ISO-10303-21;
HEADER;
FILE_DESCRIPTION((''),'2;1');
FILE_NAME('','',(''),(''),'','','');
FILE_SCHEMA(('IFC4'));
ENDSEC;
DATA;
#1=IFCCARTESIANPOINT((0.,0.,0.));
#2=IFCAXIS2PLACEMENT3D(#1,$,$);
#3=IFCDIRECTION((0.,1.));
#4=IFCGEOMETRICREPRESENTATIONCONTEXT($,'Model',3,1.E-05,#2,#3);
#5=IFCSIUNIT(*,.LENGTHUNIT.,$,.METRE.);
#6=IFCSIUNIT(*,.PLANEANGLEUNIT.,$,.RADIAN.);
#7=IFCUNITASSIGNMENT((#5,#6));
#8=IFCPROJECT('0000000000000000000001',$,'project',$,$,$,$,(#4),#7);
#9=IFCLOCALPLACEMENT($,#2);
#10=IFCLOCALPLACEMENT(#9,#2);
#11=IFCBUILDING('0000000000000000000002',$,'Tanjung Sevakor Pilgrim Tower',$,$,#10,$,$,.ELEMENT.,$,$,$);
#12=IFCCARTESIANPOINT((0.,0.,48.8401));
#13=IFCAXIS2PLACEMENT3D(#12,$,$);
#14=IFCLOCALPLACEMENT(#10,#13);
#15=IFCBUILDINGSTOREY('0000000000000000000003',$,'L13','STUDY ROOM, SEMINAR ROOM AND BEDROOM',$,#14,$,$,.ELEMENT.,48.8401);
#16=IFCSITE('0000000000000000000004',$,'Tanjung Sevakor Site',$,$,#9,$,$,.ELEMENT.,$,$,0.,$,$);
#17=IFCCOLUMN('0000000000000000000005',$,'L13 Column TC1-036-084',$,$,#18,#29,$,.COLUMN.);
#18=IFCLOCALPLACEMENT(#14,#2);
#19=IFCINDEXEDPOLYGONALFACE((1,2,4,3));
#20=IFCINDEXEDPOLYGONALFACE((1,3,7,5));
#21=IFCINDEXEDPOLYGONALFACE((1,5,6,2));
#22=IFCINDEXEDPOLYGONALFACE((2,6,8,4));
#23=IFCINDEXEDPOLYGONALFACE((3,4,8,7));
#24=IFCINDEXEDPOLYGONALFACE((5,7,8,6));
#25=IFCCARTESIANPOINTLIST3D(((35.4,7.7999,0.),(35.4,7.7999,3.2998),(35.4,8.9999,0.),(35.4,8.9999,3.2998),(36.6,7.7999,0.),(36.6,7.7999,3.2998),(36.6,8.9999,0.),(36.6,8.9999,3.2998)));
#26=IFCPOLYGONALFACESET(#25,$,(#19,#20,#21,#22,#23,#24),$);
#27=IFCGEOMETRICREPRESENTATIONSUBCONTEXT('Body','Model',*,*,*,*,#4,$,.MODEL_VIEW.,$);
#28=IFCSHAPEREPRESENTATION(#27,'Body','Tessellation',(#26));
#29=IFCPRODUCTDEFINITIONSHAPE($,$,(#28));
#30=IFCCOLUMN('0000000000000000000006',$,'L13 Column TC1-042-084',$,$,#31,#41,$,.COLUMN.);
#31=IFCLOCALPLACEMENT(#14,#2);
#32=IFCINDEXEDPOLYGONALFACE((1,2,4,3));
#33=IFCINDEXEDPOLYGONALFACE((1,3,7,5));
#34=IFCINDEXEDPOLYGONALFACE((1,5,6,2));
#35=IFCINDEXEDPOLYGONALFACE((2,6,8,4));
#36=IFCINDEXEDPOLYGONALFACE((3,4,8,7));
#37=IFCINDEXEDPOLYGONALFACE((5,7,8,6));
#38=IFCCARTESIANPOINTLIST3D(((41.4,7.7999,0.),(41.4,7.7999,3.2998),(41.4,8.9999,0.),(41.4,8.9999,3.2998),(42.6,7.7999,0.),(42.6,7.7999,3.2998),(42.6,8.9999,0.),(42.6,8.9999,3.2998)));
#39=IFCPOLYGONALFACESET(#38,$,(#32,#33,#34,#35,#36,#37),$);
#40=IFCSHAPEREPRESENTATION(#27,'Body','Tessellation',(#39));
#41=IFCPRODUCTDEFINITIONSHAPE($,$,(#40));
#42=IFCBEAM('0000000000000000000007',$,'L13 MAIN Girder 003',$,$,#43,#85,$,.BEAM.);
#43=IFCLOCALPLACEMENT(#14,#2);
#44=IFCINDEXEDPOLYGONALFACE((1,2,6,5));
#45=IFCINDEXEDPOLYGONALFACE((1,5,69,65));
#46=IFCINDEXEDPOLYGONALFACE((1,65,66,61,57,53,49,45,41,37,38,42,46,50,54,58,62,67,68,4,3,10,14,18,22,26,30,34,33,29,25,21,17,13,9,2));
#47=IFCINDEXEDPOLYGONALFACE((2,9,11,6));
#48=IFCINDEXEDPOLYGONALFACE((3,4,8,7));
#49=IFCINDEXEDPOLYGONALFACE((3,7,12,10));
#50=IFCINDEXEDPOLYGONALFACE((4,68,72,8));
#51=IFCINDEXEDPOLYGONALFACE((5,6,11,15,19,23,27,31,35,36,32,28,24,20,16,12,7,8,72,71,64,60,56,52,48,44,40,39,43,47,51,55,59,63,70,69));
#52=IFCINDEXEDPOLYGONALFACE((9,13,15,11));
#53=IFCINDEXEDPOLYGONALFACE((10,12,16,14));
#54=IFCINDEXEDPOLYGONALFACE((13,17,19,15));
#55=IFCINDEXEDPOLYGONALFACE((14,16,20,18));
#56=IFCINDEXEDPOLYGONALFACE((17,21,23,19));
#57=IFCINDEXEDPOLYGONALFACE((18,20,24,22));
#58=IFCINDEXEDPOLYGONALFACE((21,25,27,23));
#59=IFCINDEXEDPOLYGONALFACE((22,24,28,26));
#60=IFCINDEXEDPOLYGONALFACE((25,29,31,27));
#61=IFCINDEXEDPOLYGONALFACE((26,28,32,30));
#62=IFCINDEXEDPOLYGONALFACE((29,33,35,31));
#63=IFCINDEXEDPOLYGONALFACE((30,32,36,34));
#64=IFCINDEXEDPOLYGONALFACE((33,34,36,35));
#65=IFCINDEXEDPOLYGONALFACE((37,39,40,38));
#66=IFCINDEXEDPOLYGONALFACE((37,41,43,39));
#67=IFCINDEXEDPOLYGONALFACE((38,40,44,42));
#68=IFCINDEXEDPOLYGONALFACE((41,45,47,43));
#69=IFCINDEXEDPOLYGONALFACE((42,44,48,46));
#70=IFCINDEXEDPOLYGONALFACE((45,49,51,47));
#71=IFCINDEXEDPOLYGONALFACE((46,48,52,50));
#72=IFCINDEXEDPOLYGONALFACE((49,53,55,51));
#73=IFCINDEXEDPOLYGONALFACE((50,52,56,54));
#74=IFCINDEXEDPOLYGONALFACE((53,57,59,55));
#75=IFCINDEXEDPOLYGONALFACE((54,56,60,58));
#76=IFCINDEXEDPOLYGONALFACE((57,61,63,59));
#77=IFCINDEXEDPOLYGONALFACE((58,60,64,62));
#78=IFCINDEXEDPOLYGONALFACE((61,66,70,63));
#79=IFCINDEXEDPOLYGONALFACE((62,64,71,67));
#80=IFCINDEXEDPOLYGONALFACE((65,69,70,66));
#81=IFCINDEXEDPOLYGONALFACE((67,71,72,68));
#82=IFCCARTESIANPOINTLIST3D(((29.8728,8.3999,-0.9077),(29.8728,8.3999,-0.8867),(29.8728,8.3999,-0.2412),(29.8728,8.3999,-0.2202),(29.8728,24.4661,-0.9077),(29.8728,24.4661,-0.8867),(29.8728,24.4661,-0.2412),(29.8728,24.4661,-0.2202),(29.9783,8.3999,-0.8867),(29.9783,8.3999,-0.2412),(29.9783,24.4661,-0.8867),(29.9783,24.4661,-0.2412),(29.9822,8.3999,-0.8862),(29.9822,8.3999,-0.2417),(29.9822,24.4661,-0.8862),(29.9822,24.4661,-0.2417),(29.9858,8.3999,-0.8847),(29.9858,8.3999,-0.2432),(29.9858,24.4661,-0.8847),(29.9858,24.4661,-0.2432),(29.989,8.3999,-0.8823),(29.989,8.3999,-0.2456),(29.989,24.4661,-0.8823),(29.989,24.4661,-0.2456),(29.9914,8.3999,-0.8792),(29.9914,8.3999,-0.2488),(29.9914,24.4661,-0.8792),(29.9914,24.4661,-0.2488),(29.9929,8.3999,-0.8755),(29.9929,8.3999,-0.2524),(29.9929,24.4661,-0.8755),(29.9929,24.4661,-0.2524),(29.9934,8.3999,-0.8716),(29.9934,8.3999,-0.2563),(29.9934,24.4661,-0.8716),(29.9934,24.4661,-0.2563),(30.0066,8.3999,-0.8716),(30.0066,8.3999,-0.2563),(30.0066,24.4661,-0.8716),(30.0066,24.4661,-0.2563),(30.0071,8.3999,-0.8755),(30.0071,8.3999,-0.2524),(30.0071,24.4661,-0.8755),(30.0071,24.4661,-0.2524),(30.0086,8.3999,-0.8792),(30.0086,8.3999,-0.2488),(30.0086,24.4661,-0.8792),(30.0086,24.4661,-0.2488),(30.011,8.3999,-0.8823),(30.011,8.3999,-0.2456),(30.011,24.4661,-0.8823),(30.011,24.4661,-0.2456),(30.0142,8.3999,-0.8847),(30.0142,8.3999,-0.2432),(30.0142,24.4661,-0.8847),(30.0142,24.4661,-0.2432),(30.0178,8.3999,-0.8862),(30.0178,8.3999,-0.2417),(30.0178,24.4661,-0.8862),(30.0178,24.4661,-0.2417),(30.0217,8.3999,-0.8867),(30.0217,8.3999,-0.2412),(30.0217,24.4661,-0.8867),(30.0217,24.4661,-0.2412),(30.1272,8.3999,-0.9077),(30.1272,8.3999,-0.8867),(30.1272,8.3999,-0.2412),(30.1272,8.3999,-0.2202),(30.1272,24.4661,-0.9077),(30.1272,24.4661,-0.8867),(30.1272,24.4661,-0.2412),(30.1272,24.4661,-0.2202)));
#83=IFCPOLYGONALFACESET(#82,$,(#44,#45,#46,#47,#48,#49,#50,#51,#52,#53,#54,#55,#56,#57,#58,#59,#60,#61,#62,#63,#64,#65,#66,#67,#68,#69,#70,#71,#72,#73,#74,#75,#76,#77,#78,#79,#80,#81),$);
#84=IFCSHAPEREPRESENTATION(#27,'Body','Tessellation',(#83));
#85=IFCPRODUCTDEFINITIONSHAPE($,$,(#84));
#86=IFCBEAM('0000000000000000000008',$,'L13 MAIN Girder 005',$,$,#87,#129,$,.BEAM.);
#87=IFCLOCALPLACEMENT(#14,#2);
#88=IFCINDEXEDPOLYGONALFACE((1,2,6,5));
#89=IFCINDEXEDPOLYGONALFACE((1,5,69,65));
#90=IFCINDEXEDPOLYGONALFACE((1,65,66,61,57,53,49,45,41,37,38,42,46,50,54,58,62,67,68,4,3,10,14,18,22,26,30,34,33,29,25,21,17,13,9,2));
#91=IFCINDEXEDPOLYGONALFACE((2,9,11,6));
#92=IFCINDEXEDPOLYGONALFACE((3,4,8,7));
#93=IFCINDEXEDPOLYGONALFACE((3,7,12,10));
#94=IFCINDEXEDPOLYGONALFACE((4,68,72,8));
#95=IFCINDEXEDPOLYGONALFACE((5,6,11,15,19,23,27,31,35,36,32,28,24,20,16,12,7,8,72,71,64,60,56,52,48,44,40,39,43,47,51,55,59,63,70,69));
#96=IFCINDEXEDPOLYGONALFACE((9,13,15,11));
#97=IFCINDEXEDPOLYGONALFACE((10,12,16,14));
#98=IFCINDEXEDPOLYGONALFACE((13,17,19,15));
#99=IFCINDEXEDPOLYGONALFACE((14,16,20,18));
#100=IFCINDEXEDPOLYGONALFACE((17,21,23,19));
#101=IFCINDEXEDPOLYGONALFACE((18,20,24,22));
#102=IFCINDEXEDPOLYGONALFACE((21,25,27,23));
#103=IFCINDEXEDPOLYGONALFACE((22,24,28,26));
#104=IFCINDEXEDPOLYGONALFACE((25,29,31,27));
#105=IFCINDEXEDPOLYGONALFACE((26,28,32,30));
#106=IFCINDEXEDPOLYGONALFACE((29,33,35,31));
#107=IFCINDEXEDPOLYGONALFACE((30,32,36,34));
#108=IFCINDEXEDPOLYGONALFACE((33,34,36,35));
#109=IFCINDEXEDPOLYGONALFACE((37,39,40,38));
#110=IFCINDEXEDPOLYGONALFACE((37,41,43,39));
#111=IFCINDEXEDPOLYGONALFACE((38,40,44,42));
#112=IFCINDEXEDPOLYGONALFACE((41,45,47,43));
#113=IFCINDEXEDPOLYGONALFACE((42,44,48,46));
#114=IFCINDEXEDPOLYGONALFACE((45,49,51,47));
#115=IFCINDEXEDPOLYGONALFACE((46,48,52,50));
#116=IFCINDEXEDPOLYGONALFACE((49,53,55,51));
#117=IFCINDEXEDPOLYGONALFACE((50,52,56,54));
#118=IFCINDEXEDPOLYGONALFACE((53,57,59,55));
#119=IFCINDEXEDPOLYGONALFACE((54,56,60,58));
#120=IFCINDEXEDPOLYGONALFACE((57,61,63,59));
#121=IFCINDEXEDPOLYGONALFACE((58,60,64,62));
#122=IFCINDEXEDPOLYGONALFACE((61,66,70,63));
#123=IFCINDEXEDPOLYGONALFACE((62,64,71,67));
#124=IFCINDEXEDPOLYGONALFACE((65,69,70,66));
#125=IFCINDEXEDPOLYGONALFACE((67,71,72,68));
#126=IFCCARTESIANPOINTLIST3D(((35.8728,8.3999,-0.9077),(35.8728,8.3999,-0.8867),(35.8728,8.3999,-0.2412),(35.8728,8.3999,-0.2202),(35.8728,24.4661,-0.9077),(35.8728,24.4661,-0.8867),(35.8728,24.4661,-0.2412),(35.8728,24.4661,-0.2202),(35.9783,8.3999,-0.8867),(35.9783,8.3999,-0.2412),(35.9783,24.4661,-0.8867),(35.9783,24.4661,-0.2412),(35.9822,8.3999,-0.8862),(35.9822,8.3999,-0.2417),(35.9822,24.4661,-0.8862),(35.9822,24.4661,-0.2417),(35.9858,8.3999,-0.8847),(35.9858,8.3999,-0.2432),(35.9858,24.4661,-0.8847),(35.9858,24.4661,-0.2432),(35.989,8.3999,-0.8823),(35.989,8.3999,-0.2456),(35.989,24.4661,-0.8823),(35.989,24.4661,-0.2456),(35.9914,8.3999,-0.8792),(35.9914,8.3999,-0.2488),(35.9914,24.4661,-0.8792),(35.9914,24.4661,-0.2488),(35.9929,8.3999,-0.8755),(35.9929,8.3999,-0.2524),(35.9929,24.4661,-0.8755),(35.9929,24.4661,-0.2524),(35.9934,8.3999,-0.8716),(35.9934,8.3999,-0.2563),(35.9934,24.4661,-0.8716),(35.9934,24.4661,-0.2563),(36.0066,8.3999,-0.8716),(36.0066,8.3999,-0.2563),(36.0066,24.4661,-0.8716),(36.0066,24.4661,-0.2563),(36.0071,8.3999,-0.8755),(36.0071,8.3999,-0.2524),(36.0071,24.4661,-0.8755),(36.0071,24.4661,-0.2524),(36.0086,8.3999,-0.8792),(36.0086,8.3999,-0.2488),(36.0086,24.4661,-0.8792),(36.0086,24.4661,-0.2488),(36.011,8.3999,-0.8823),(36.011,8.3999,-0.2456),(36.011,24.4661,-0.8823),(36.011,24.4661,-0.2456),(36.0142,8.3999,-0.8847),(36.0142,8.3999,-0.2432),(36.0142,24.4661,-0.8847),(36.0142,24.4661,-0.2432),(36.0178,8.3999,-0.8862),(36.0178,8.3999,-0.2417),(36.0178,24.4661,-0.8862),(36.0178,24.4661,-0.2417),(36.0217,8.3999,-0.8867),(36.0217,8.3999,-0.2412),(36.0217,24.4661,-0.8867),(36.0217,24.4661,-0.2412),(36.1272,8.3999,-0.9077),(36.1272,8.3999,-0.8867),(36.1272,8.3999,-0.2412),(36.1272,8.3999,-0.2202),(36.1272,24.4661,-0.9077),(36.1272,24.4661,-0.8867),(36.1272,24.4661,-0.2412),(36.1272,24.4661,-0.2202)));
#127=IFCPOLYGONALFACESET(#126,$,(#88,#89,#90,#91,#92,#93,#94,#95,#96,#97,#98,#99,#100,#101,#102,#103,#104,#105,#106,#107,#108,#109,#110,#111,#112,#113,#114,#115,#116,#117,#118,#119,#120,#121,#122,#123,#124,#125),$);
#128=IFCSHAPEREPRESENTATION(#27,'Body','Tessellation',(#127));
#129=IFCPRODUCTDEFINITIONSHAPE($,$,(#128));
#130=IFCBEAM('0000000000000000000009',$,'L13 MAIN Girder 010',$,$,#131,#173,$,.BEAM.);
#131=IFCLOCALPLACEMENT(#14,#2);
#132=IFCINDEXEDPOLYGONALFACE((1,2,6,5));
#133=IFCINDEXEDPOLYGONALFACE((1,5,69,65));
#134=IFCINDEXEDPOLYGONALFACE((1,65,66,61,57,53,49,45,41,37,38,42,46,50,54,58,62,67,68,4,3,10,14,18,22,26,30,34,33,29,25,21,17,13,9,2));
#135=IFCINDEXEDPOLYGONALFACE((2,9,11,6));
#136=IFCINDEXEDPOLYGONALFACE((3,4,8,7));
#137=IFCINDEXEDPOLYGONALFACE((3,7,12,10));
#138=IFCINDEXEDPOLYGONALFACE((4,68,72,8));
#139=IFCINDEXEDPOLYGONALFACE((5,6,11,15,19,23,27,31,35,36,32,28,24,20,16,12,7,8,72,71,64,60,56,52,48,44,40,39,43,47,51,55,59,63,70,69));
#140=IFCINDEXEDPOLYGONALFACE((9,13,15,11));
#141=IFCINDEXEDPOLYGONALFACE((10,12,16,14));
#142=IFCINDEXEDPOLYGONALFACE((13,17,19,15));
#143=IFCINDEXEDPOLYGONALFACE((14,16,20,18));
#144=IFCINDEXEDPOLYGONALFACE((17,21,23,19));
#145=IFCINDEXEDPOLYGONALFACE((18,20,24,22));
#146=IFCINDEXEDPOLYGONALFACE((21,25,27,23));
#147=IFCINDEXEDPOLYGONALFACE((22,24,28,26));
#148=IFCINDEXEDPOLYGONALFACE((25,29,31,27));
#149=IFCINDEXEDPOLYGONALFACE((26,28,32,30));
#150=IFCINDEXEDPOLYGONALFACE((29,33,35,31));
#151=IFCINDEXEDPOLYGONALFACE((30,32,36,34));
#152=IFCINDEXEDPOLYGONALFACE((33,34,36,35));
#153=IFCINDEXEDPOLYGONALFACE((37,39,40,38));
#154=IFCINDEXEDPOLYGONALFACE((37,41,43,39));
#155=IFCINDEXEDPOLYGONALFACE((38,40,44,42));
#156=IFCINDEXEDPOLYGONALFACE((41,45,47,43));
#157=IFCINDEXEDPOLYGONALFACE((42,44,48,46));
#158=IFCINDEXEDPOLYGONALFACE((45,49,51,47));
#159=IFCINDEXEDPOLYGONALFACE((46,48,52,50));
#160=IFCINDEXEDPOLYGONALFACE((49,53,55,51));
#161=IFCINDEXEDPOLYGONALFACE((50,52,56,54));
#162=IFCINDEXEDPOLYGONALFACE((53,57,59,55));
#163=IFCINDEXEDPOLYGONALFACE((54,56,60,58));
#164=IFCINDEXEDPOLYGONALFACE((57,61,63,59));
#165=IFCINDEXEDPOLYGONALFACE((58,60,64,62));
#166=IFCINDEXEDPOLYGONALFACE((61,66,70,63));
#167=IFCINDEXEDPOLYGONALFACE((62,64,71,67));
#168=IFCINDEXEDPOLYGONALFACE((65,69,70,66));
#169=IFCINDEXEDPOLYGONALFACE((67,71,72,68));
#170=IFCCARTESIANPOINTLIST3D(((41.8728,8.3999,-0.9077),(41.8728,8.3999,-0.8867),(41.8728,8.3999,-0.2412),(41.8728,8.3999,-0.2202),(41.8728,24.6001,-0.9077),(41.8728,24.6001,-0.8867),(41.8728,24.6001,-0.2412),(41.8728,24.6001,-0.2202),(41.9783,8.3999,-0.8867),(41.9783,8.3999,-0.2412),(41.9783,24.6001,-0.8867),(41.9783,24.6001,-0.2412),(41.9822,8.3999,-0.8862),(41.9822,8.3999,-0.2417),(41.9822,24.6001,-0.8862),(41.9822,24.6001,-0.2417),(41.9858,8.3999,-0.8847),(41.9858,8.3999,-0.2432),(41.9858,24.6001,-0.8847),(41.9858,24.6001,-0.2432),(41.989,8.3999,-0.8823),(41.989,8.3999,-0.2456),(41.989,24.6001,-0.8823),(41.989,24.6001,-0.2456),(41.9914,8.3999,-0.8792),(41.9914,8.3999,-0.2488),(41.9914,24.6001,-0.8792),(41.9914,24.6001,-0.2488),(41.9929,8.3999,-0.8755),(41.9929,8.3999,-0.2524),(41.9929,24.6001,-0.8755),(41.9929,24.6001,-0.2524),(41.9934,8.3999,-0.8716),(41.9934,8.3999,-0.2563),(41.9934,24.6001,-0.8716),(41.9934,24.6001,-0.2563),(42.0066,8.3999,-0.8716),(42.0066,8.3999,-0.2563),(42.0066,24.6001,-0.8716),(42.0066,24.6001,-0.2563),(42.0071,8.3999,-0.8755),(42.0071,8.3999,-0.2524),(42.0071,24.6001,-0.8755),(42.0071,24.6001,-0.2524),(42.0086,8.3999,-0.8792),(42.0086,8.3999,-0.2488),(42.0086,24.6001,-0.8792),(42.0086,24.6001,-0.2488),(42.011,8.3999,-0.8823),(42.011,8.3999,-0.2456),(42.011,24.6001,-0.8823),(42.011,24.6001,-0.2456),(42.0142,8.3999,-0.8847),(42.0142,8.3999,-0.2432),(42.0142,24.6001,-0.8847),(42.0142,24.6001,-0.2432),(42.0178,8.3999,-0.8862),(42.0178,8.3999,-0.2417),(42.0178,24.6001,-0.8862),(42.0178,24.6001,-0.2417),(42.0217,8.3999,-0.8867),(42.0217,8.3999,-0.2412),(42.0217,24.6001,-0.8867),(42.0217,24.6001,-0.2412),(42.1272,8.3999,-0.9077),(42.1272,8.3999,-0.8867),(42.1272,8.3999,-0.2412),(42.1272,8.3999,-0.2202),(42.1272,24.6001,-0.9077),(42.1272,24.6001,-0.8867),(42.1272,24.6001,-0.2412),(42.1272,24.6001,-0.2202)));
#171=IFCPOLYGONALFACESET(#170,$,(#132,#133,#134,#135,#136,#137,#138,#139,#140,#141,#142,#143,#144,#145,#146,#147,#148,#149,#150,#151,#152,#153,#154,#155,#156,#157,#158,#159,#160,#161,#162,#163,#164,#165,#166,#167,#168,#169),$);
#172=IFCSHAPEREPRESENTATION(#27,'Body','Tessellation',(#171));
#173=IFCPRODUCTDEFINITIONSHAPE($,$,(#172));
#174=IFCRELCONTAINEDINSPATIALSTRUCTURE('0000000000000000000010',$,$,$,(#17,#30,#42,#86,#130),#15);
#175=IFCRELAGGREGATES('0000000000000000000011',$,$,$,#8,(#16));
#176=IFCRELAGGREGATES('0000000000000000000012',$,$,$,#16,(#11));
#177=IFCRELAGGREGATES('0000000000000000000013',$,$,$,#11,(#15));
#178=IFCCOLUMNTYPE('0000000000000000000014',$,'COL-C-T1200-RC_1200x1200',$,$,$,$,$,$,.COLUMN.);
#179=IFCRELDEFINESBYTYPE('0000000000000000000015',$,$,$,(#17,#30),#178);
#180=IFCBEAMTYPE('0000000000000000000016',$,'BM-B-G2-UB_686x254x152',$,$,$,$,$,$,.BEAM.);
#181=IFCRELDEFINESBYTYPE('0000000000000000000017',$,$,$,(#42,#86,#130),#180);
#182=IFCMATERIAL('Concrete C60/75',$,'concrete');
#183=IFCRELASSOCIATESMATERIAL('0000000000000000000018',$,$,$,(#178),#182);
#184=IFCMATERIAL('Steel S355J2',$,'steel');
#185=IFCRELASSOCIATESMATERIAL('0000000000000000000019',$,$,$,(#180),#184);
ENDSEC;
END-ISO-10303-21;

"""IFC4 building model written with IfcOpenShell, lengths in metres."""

from ifc_helpers import new_model, si_unit, direction, frame, origin, origin_2d, place, context, subcontext, project, spatial, rectangle, i_section, extrude, material, material_profile, profile_set, type_object, element, save


model = new_model("IFC4")

# Units and contexts
model_context = context("Model", 3, precision=1e-05, world=origin(), true_north=direction((0.0, 1.0)))
body_context = subcontext(model_context, "Body", "Model", "MODEL_VIEW")
ifc_project = project(units=[si_unit("LENGTHUNIT", "METRE"), si_unit("PLANEANGLEUNIT", "RADIAN")], contexts=[model_context])

# Site, building, storey
site_placement = place(None, origin())
site = spatial("IfcSite", under=ifc_project, at=site_placement, Name="Tanjung Sevakor Site", CompositionType="ELEMENT", RefElevation=0.0)
building_placement = place(site_placement, origin())
building = spatial("IfcBuilding", under=site, at=building_placement, Name="Tanjung Sevakor Pilgrim Tower", CompositionType="ELEMENT")
storey_placement = place(building_placement, frame((0.0, 0.0, 48.8401)))
storey = spatial("IfcBuildingStorey", under=building, at=storey_placement, Name="L13", Description="STUDY ROOM, SEMINAR ROOM AND BEDROOM", CompositionType="ELEMENT", Elevation=48.8401)

# Columns
ifc_material_1 = material(Name="Concrete C60/75", Category="concrete")
ifc_material_profile_1 = material_profile(ifc_material_1, rectangle(XDim=1.2, YDim=1.2, at=origin_2d()))
ifc_profile_set_1 = profile_set([ifc_material_profile_1], Name="Concrete C60/75")
column_type = type_object("IfcColumnType", Name="COL-C-T1200-RC_1200x1200", PredefinedType="COLUMN", material=ifc_profile_set_1)
for number, where, z_axis, x_axis, name in (
    (1, (36.0, 8.3999, 0.0), (0.0, 0.0, 1.0), (1.0, 0.0, 0.0), "L13 Column TC1-036-084"),
    (2, (42.0, 8.3999, 0.0), (0.0, 0.0, 1.0), (1.0, 0.0, 0.0), "L13 Column TC1-042-084"),
):
    element("IfcColumn", number, at=place(storey_placement, frame(where, z_axis=z_axis, x_axis=x_axis)), inside=storey, type_object=column_type, Name=name, PredefinedType="COLUMN", context=body_context, shape_type="SweptSolid", body=[
        extrude(rectangle(XDim=1.2, YDim=1.2, at=origin_2d()), origin(), (0.0, 0.0, 1.0), 3.2998),
    ])

# Beams
ifc_material_2 = material(Name="Steel S355J2", Category="steel")
ifc_material_profile_2 = material_profile(ifc_material_2, i_section(OverallWidth=0.2544, OverallDepth=0.6875, WebThickness=0.0132, FlangeThickness=0.021, FilletRadius=0.0151, at=origin_2d()))
ifc_profile_set_2 = profile_set([ifc_material_profile_2], Name="Steel S355J2")
beam_type_1 = type_object("IfcBeamType", Name="BM-B-G2-UB_686x254x152", PredefinedType="BEAM", material=ifc_profile_set_2)
for number, where, z_axis, x_axis, name in (
    (3, (30.0, 8.3999, -0.564), (0.0, 1.0, 0.0), (-1.0, 0.0, 0.0), "L13 MAIN Girder 003"),
    (4, (36.0, 8.3999, -0.564), (0.0, 1.0, 0.0), (-1.0, 0.0, 0.0), "L13 MAIN Girder 005"),
):
    element("IfcBeam", number, at=place(storey_placement, frame(where, z_axis=z_axis, x_axis=x_axis)), inside=storey, type_object=beam_type_1, Name=name, PredefinedType="BEAM", context=body_context, shape_type="SweptSolid", body=[
        extrude(i_section(OverallWidth=0.2544, OverallDepth=0.6875, WebThickness=0.0132, FlangeThickness=0.021, FilletRadius=0.0151, at=origin_2d()), origin(), (0.0, 0.0, 1.0), 16.0662),
    ])
beam_1_placement = place(storey_placement, frame((42.0, 8.3999, -0.564), z_axis=(0.0, 1.0, 0.0), x_axis=(-1.0, 0.0, 0.0)))
element("IfcBeam", 5, at=beam_1_placement, inside=storey, type_object=beam_type_1, Name="L13 MAIN Girder 010", PredefinedType="BEAM", context=body_context, shape_type="SweptSolid", body=[
    extrude(i_section(OverallWidth=0.2544, OverallDepth=0.6875, WebThickness=0.0132, FlangeThickness=0.021, FilletRadius=0.0151, at=origin_2d()), origin(), (0.0, 0.0, 1.0), 16.2002),
])

save(model, "model.ifc")
